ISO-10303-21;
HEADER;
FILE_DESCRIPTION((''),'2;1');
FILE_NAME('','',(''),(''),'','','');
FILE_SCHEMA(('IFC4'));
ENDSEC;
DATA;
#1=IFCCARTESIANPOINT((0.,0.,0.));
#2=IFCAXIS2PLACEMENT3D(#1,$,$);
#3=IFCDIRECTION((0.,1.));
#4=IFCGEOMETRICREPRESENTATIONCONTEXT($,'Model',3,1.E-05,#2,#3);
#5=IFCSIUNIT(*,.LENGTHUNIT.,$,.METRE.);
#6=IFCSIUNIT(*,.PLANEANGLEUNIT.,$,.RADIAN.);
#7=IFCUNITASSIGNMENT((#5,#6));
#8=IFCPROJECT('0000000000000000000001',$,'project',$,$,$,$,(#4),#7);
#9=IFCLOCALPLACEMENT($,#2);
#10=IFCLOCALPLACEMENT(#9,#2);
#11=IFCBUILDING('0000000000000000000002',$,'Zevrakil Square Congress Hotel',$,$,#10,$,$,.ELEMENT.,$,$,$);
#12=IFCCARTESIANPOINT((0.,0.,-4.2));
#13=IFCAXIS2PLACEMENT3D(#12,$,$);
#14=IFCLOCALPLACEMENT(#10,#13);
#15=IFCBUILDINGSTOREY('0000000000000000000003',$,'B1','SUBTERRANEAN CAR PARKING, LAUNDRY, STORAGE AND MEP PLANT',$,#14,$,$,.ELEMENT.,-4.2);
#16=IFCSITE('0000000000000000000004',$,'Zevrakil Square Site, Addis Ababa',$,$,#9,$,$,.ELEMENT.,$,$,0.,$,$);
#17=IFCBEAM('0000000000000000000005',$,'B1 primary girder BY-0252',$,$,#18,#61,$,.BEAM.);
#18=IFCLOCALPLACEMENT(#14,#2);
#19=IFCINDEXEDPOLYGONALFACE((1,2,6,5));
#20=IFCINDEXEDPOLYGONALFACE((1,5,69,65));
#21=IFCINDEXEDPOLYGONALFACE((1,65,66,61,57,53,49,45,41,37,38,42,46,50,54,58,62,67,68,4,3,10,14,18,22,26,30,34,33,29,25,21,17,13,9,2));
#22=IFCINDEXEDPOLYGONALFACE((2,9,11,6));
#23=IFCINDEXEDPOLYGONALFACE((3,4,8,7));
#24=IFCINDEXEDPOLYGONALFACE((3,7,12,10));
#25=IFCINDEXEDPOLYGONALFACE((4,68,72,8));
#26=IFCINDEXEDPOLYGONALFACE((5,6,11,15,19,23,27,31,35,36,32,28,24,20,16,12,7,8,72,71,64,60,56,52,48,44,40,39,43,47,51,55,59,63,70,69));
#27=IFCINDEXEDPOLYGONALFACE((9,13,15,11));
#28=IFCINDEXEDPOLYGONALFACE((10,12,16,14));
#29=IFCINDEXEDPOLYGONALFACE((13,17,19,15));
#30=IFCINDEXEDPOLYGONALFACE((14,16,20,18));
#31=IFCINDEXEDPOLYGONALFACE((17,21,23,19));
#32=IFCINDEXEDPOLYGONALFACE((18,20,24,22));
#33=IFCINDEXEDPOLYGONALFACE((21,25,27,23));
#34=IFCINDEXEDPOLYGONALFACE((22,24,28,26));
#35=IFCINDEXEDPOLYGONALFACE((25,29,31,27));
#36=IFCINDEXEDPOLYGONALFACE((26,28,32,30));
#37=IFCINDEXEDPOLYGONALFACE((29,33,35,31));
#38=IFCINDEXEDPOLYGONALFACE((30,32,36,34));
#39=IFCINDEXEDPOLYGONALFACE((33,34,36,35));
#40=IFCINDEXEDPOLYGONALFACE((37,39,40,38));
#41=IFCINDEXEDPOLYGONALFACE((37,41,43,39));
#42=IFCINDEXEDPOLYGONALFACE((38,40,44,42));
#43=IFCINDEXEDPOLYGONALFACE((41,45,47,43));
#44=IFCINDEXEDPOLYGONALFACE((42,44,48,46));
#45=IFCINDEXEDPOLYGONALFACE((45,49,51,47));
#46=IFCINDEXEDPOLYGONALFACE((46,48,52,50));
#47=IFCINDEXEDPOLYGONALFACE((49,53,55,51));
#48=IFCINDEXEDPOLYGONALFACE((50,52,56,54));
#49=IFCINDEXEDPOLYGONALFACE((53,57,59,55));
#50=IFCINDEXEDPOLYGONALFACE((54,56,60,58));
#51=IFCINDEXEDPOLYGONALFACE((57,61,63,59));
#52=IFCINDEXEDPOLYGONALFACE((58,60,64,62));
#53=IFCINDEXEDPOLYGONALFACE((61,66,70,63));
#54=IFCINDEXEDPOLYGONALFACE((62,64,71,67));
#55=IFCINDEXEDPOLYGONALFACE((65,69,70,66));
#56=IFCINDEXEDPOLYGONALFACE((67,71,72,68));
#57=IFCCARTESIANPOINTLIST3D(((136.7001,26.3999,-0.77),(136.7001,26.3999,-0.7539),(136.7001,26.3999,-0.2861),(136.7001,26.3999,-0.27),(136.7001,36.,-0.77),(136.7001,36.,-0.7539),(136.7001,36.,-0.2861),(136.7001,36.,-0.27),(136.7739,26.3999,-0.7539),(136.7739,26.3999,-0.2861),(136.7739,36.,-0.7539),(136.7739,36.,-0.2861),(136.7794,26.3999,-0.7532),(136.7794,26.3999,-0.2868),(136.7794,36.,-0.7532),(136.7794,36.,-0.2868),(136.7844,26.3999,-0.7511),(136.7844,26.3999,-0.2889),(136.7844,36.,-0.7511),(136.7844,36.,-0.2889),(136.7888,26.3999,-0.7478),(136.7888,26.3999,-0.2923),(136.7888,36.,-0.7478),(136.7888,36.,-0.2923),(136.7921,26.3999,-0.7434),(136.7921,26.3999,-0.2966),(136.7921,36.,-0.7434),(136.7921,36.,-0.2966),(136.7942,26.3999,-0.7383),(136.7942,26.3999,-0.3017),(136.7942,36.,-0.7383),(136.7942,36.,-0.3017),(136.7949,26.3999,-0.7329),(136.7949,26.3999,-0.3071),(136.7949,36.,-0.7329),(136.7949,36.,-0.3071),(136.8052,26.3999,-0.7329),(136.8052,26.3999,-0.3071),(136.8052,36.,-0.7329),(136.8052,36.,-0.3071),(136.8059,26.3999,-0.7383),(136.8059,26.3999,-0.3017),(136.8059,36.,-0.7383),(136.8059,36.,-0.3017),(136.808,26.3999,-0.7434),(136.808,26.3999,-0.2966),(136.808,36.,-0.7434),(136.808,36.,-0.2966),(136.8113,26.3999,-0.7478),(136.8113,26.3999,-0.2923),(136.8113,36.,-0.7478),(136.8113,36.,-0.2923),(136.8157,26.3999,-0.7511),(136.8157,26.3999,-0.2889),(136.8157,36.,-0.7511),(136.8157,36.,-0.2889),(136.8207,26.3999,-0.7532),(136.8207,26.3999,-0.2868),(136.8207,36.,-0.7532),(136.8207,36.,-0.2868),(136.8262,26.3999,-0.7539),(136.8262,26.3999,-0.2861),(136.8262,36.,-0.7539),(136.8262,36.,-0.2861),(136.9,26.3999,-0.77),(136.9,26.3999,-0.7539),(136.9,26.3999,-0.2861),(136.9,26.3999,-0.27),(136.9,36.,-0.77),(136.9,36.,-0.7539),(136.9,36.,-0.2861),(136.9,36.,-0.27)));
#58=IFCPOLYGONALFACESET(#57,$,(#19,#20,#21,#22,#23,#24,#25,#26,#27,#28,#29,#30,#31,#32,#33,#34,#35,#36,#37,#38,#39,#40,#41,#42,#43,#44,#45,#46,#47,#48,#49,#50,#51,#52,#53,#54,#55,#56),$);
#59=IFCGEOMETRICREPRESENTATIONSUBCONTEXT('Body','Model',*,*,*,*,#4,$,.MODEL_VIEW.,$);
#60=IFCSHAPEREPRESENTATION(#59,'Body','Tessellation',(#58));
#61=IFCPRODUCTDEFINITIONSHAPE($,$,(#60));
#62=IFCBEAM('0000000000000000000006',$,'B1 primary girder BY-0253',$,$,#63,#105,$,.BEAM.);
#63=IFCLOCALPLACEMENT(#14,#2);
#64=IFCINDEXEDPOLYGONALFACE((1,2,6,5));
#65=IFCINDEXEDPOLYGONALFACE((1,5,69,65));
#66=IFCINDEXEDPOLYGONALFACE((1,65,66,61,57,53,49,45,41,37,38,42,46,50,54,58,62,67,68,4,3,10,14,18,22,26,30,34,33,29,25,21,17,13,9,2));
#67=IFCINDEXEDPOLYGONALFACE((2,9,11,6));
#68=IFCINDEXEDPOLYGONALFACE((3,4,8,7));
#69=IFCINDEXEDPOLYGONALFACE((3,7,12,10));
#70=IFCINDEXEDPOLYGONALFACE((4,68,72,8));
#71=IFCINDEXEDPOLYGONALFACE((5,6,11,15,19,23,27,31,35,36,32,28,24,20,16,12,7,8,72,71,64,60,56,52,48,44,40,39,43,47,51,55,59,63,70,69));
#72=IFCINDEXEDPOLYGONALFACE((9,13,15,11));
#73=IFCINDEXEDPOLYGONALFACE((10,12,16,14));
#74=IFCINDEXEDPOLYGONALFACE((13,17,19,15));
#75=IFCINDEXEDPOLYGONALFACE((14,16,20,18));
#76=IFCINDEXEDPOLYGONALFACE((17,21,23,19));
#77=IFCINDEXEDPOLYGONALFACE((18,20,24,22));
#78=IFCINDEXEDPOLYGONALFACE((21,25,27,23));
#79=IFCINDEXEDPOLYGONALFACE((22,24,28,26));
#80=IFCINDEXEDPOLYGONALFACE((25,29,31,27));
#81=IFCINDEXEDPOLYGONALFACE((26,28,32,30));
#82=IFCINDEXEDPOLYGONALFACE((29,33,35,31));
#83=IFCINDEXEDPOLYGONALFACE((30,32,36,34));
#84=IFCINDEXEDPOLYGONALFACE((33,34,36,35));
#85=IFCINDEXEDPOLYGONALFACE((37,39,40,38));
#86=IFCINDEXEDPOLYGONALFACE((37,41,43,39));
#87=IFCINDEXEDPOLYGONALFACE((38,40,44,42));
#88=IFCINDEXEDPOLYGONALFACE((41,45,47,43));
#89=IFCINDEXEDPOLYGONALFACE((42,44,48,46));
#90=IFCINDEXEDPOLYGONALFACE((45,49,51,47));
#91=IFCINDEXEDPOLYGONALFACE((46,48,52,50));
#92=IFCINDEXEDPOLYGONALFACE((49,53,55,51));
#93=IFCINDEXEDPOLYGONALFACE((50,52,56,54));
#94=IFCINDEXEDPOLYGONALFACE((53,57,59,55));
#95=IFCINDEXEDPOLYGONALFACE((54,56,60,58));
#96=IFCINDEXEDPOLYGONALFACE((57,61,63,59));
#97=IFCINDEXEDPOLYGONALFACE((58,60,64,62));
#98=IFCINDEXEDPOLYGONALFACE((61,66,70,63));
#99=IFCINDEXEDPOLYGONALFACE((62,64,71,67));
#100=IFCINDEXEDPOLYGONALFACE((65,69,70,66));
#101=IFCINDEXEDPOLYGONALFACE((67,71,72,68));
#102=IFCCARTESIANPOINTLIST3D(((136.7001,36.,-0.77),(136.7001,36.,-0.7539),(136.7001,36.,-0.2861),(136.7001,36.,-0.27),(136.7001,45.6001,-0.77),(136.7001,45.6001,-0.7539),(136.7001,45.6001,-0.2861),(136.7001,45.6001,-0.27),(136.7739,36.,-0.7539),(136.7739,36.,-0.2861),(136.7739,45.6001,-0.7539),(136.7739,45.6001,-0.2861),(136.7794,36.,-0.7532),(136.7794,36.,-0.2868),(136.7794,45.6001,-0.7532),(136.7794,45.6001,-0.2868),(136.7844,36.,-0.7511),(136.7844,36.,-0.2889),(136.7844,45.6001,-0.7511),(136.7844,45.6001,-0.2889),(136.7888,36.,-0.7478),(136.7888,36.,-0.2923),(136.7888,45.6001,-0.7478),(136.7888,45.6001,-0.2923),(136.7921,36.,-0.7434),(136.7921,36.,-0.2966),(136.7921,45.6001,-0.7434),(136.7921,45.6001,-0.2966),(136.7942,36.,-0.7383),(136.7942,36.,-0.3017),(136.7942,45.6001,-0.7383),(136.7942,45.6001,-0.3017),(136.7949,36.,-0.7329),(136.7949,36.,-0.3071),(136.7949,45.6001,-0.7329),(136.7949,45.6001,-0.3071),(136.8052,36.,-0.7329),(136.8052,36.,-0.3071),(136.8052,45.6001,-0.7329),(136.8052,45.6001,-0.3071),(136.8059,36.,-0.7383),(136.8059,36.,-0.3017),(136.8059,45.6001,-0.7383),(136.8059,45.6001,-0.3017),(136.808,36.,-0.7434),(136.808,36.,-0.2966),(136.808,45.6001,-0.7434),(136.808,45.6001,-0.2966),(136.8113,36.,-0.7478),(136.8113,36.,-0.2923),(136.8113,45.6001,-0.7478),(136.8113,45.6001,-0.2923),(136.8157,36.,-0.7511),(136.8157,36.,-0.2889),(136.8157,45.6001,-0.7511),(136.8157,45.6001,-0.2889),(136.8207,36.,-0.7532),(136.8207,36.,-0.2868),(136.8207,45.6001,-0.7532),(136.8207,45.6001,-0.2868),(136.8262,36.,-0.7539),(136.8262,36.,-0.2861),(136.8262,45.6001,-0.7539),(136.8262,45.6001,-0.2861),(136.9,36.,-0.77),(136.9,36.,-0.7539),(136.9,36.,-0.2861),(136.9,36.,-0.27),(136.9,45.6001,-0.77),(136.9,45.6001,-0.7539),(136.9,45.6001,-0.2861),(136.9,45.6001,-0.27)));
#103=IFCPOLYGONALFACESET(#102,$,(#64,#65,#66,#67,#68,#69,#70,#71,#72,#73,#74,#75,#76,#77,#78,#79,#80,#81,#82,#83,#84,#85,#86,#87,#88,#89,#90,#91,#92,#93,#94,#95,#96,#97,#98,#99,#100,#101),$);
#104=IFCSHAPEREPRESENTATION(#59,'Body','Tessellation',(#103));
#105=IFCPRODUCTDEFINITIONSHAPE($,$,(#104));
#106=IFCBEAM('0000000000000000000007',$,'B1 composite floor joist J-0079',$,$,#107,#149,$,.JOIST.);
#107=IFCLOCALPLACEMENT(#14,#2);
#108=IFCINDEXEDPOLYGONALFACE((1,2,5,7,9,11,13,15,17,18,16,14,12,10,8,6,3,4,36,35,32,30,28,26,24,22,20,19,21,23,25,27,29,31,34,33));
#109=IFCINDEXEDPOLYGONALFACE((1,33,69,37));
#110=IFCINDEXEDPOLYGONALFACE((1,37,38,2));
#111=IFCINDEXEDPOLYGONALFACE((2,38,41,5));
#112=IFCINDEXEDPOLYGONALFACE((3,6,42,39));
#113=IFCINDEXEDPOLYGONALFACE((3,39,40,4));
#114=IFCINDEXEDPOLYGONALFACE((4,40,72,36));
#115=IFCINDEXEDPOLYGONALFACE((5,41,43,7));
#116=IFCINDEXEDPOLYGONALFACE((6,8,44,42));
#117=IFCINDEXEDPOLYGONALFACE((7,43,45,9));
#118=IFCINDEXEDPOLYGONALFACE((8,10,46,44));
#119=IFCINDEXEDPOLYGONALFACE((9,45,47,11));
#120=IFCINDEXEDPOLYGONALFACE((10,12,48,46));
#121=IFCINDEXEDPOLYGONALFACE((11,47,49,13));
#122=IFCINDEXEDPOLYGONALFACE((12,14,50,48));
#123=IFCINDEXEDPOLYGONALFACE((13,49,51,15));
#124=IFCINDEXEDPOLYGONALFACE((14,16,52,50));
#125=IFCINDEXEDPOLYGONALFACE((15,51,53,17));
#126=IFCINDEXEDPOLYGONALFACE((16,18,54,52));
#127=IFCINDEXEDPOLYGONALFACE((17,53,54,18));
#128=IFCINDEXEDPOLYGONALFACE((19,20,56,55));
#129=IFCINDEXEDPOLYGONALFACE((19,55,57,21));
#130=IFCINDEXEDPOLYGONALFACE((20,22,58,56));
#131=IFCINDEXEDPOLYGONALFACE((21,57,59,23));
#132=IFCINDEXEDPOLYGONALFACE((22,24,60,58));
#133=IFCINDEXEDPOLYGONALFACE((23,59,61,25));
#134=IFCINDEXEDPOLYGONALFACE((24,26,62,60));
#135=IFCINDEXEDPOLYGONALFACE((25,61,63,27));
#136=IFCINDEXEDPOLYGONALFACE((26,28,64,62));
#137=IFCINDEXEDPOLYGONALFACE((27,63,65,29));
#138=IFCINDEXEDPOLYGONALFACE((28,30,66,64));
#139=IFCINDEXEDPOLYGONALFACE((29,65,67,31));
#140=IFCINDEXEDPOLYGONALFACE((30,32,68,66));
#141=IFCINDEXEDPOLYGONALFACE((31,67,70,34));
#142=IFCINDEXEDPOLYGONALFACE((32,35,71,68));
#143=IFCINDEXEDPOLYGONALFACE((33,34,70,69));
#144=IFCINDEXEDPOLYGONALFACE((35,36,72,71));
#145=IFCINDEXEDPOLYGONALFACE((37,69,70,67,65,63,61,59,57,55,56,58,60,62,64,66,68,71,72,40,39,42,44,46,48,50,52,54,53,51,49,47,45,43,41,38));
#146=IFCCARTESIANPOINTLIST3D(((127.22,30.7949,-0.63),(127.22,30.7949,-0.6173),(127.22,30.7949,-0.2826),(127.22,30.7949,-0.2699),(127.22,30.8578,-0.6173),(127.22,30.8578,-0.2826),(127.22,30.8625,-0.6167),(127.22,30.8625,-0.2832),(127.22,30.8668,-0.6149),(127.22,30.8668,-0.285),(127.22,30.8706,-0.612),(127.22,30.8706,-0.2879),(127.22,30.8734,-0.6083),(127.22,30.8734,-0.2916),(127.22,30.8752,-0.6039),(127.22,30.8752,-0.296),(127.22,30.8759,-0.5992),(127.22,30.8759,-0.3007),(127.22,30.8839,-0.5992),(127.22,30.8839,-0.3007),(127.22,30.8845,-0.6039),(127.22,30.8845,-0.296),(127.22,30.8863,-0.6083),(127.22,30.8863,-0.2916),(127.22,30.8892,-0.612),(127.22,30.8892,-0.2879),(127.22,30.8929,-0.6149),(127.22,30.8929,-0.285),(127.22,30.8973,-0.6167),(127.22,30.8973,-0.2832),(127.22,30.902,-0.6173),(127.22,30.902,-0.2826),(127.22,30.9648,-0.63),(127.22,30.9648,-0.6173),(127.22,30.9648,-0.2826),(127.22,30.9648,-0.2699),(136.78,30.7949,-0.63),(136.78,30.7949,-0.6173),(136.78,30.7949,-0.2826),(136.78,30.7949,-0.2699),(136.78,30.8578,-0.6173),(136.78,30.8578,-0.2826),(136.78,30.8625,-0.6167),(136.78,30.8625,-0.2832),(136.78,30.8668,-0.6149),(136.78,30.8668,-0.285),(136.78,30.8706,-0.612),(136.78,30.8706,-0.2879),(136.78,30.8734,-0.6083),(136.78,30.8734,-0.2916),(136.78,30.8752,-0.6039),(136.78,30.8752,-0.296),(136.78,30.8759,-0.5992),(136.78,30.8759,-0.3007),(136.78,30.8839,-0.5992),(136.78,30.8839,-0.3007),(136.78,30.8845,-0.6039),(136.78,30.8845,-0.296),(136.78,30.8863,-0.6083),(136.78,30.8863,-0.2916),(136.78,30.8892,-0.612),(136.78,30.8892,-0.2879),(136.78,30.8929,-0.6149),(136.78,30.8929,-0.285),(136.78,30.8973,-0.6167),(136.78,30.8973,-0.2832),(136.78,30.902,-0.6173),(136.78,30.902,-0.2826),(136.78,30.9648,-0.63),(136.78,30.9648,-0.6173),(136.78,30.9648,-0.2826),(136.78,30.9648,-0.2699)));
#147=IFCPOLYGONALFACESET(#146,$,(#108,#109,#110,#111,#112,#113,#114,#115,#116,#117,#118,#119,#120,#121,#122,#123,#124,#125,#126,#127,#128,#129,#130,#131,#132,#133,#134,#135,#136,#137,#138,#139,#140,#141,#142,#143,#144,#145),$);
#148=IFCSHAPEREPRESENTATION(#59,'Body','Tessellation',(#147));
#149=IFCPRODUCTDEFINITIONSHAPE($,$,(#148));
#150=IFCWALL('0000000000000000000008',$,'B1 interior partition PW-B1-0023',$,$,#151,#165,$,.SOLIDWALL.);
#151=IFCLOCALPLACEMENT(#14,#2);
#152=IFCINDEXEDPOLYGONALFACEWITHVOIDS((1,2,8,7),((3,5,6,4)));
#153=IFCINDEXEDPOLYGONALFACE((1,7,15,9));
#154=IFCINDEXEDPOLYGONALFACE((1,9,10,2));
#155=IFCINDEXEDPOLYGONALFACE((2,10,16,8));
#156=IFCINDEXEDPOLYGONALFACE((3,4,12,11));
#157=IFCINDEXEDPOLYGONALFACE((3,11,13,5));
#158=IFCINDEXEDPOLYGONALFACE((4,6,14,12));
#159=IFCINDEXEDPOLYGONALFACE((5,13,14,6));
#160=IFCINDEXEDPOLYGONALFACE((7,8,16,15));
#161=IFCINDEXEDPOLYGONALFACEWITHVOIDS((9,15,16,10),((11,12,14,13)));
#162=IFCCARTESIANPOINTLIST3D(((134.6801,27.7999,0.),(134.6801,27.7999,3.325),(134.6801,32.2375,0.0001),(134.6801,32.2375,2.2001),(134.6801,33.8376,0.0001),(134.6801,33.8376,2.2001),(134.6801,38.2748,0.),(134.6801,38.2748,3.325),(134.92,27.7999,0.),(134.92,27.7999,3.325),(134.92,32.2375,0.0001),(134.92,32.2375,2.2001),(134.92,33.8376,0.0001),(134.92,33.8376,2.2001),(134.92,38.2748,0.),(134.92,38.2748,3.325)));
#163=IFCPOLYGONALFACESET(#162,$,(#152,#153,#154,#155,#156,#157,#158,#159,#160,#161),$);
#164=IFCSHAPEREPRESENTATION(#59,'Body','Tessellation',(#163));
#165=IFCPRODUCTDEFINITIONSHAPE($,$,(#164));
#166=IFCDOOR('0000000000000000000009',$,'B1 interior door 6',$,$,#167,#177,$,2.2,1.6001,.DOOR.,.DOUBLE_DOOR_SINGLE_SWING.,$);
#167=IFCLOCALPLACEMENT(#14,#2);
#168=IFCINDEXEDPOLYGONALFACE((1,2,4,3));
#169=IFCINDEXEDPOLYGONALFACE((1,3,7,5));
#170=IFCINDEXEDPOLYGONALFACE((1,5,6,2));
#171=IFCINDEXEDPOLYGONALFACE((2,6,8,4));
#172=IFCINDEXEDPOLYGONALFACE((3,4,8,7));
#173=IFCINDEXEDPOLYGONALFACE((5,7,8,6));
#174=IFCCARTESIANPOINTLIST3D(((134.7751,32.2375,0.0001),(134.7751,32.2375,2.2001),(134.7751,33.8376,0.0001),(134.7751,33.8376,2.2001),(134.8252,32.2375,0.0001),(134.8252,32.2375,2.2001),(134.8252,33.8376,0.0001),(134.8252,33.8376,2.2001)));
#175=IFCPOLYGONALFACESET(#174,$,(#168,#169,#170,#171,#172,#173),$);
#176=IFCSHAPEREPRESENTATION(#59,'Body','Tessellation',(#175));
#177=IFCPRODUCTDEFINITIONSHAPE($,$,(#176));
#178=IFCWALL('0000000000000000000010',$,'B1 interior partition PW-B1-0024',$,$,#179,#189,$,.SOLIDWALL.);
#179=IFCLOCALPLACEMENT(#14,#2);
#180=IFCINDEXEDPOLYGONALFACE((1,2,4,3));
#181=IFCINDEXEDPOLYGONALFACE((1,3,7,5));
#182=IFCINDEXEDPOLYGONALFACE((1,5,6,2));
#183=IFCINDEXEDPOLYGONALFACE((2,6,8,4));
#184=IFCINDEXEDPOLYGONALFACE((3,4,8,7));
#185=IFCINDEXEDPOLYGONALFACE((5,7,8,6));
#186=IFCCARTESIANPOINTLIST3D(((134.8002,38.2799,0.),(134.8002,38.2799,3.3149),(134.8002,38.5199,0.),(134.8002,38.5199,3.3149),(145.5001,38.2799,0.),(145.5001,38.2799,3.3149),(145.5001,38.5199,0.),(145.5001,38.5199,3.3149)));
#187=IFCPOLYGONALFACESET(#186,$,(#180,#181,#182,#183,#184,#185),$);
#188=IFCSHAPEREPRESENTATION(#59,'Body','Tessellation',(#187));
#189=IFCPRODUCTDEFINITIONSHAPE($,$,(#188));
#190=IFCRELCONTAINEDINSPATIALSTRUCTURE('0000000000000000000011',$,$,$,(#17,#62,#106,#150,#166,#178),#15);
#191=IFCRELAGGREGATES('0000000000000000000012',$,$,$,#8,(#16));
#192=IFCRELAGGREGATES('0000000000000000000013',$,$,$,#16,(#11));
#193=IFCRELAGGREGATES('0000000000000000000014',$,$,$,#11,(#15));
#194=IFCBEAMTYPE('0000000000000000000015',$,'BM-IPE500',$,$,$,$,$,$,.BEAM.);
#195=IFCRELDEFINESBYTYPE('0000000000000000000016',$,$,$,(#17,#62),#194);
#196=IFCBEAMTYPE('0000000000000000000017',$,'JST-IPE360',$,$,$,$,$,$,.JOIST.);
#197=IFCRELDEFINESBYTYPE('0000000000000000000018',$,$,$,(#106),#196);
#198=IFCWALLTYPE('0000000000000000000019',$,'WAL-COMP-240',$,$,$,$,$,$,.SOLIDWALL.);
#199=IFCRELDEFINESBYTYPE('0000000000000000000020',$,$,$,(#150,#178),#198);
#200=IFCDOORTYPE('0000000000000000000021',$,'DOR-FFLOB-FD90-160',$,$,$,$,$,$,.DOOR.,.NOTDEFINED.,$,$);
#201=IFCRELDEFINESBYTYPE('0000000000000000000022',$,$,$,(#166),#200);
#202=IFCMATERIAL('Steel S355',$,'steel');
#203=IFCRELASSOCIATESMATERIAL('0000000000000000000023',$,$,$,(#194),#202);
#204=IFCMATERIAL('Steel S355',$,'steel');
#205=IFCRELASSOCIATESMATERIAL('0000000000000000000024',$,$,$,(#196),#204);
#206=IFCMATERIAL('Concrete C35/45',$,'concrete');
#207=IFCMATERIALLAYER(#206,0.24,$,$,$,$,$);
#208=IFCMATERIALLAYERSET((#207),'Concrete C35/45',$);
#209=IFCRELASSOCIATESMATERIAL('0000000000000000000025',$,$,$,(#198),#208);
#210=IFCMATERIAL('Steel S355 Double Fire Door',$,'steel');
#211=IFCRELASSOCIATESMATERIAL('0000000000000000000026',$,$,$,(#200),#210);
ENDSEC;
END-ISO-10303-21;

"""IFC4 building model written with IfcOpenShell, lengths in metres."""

from ifc_helpers import new_model, si_unit, direction, frame, frame_2d, origin, origin_2d, place, context, subcontext, project, spatial, rectangle, i_section, extrude, material, layer, layer_set, material_profile, profile_set, type_object, element, fill, save


model = new_model("IFC4")

# Units and contexts
model_context = context("Model", 3, precision=1e-05, world=origin(), true_north=direction((0.0, 1.0)))
body_context = subcontext(model_context, "Body", "Model", "MODEL_VIEW")
ifc_project = project(units=[si_unit("LENGTHUNIT", "METRE"), si_unit("PLANEANGLEUNIT", "RADIAN")], contexts=[model_context])

# Site, building, storey
site_placement = place(None, origin())
site = spatial("IfcSite", under=ifc_project, at=site_placement, Name="Zevrakil Square Site, Addis Ababa", CompositionType="ELEMENT", RefElevation=0.0)
building_placement = place(site_placement, origin())
building = spatial("IfcBuilding", under=site, at=building_placement, Name="Zevrakil Square Congress Hotel", CompositionType="ELEMENT")
storey_placement = place(building_placement, frame((0.0, 0.0, -4.2)))
storey = spatial("IfcBuildingStorey", under=building, at=storey_placement, Name="B1", Description="SUBTERRANEAN CAR PARKING, LAUNDRY, STORAGE AND MEP PLANT", CompositionType="ELEMENT", Elevation=-4.2)

# Beams
ifc_material_1 = material(Name="Steel S355", Category="steel")
ifc_material_profile_1 = material_profile(ifc_material_1, i_section(OverallWidth=0.2, OverallDepth=0.5, WebThickness=0.0103, FlangeThickness=0.0161, FilletRadius=0.021, at=origin_2d()), Name="IPE 500")
ifc_profile_set_1 = profile_set([ifc_material_profile_1], Name="Steel S355")
beam_type_1 = type_object("IfcBeamType", Name="BM-IPE500", PredefinedType="BEAM", material=ifc_profile_set_1)
for number, where, z_axis, x_axis, name in (
    (1, (136.8, 26.3999, -0.52), (0.0, 1.0, 0.0), (-1.0, 0.0, 0.0), "B1 primary girder BY-0252"),
    (2, (136.8, 36.0, -0.52), (0.0, 1.0, 0.0), (-1.0, 0.0, 0.0), "B1 primary girder BY-0253"),
):
    element("IfcBeam", number, at=place(storey_placement, frame(where, z_axis=z_axis, x_axis=x_axis)), inside=storey, type_object=beam_type_1, Name=name, PredefinedType="BEAM", context=body_context, shape_type="SweptSolid", body=[
        extrude(i_section(OverallWidth=0.2, OverallDepth=0.5, WebThickness=0.0103, FlangeThickness=0.0161, FilletRadius=0.021, at=origin_2d()), origin(), (0.0, 0.0, 1.0), 9.6001),
    ])
ifc_material_2 = material(Name="Steel S355", Category="steel")
ifc_material_profile_2 = material_profile(ifc_material_2, i_section(OverallWidth=0.1699, OverallDepth=0.3601, WebThickness=0.0081, FlangeThickness=0.0127, FilletRadius=0.0181, at=origin_2d()), Name="IPE 360")
ifc_profile_set_2 = profile_set([ifc_material_profile_2], Name="Steel S355")
beam_type_2 = type_object("IfcBeamType", Name="JST-IPE360", PredefinedType="JOIST", material=ifc_profile_set_2)
beam_1_placement = place(storey_placement, frame((127.22, 30.8799, -0.45), z_axis=(1.0, 0.0, 0.0), x_axis=(0.0, 1.0, 0.0)))
element("IfcBeam", 3, at=beam_1_placement, inside=storey, type_object=beam_type_2, Name="B1 composite floor joist J-0079", PredefinedType="JOIST", context=body_context, shape_type="SweptSolid", body=[
    extrude(i_section(OverallWidth=0.1699, OverallDepth=0.3601, WebThickness=0.0081, FlangeThickness=0.0127, FilletRadius=0.0181, at=origin_2d()), origin(), (0.0, 0.0, 1.0), 9.5601),
])

# Wall, opening, door
ifc_material_3 = material(Name="Concrete C35/45", Category="concrete")
ifc_layer = layer(ifc_material_3, 0.24)
ifc_layer_set = layer_set([ifc_layer], Name="Concrete C35/45")
wall_type = type_object("IfcWallType", Name="WAL-COMP-240", PredefinedType="SOLIDWALL", material=ifc_layer_set)
wall_1_placement = place(storey_placement, frame((134.8, 27.8, 0.0), z_axis=(0.0, 0.0, 1.0), x_axis=(0.0, 1.0, 0.0)))
wall_1 = element("IfcWall", 4, at=wall_1_placement, inside=storey, type_object=wall_type, Name="B1 interior partition PW-B1-0023", PredefinedType="SOLIDWALL", context=body_context, shape_type="SweptSolid", body=[
    extrude(rectangle(XDim=10.4749, YDim=0.24, at=frame_2d((5.2373, 0.0))), origin(), (0.0, 0.0, 1.0), 3.325),
])
opening_placement = place(wall_1_placement, frame((4.4375, 0.0, 0.0)))
opening = element("IfcOpeningElement", 5, at=opening_placement, cuts=wall_1, PredefinedType="OPENING", context=body_context, shape_type="SweptSolid", body=[
    extrude(rectangle(XDim=1.6001, YDim=2.2, at=frame_2d((0.8, 1.1001))), frame((0.0, 0.1299, 0.0), z_axis=(0.0, -1.0, 0.0), x_axis=(1.0, 0.0, 0.0)), (0.0, 0.0, 1.0), 0.26),
])
ifc_material_4 = material(Name="Steel S355 Double Fire Door", Category="steel")
door_type = type_object("IfcDoorType", Name="DOR-FFLOB-FD90-160", OperationType="NOTDEFINED", PredefinedType="DOOR", material=ifc_material_4)
door_placement = place(opening_placement, origin())
door = element("IfcDoor", 6, at=door_placement, inside=storey, type_object=door_type, Name="B1 interior door 6", OperationType="DOUBLE_DOOR_SINGLE_SWING", OverallHeight=2.2, OverallWidth=1.6001, PredefinedType="DOOR", context=body_context, shape_type="SweptSolid", body=[
    extrude(rectangle(XDim=1.6001, YDim=2.2, at=frame_2d((0.8, 1.1001))), frame((0.0, 0.0249, 0.0), z_axis=(0.0, -1.0, 0.0), x_axis=(1.0, 0.0, 0.0)), (0.0, 0.0, 1.0), 0.05),
])
fill(opening, door)

# Wall
wall_2_placement = place(storey_placement, frame((134.8, 38.3999, 0.0), z_axis=(0.0, 0.0, 1.0), x_axis=(1.0, 0.0, 0.0)))
element("IfcWall", 7, at=wall_2_placement, inside=storey, type_object=wall_type, Name="B1 interior partition PW-B1-0024", PredefinedType="SOLIDWALL", context=body_context, shape_type="SweptSolid", body=[
    extrude(rectangle(XDim=10.7, YDim=0.24, at=frame_2d((5.3501, 0.0))), origin(), (0.0, 0.0, 1.0), 3.3149),
])

save(model, "model.ifc")
